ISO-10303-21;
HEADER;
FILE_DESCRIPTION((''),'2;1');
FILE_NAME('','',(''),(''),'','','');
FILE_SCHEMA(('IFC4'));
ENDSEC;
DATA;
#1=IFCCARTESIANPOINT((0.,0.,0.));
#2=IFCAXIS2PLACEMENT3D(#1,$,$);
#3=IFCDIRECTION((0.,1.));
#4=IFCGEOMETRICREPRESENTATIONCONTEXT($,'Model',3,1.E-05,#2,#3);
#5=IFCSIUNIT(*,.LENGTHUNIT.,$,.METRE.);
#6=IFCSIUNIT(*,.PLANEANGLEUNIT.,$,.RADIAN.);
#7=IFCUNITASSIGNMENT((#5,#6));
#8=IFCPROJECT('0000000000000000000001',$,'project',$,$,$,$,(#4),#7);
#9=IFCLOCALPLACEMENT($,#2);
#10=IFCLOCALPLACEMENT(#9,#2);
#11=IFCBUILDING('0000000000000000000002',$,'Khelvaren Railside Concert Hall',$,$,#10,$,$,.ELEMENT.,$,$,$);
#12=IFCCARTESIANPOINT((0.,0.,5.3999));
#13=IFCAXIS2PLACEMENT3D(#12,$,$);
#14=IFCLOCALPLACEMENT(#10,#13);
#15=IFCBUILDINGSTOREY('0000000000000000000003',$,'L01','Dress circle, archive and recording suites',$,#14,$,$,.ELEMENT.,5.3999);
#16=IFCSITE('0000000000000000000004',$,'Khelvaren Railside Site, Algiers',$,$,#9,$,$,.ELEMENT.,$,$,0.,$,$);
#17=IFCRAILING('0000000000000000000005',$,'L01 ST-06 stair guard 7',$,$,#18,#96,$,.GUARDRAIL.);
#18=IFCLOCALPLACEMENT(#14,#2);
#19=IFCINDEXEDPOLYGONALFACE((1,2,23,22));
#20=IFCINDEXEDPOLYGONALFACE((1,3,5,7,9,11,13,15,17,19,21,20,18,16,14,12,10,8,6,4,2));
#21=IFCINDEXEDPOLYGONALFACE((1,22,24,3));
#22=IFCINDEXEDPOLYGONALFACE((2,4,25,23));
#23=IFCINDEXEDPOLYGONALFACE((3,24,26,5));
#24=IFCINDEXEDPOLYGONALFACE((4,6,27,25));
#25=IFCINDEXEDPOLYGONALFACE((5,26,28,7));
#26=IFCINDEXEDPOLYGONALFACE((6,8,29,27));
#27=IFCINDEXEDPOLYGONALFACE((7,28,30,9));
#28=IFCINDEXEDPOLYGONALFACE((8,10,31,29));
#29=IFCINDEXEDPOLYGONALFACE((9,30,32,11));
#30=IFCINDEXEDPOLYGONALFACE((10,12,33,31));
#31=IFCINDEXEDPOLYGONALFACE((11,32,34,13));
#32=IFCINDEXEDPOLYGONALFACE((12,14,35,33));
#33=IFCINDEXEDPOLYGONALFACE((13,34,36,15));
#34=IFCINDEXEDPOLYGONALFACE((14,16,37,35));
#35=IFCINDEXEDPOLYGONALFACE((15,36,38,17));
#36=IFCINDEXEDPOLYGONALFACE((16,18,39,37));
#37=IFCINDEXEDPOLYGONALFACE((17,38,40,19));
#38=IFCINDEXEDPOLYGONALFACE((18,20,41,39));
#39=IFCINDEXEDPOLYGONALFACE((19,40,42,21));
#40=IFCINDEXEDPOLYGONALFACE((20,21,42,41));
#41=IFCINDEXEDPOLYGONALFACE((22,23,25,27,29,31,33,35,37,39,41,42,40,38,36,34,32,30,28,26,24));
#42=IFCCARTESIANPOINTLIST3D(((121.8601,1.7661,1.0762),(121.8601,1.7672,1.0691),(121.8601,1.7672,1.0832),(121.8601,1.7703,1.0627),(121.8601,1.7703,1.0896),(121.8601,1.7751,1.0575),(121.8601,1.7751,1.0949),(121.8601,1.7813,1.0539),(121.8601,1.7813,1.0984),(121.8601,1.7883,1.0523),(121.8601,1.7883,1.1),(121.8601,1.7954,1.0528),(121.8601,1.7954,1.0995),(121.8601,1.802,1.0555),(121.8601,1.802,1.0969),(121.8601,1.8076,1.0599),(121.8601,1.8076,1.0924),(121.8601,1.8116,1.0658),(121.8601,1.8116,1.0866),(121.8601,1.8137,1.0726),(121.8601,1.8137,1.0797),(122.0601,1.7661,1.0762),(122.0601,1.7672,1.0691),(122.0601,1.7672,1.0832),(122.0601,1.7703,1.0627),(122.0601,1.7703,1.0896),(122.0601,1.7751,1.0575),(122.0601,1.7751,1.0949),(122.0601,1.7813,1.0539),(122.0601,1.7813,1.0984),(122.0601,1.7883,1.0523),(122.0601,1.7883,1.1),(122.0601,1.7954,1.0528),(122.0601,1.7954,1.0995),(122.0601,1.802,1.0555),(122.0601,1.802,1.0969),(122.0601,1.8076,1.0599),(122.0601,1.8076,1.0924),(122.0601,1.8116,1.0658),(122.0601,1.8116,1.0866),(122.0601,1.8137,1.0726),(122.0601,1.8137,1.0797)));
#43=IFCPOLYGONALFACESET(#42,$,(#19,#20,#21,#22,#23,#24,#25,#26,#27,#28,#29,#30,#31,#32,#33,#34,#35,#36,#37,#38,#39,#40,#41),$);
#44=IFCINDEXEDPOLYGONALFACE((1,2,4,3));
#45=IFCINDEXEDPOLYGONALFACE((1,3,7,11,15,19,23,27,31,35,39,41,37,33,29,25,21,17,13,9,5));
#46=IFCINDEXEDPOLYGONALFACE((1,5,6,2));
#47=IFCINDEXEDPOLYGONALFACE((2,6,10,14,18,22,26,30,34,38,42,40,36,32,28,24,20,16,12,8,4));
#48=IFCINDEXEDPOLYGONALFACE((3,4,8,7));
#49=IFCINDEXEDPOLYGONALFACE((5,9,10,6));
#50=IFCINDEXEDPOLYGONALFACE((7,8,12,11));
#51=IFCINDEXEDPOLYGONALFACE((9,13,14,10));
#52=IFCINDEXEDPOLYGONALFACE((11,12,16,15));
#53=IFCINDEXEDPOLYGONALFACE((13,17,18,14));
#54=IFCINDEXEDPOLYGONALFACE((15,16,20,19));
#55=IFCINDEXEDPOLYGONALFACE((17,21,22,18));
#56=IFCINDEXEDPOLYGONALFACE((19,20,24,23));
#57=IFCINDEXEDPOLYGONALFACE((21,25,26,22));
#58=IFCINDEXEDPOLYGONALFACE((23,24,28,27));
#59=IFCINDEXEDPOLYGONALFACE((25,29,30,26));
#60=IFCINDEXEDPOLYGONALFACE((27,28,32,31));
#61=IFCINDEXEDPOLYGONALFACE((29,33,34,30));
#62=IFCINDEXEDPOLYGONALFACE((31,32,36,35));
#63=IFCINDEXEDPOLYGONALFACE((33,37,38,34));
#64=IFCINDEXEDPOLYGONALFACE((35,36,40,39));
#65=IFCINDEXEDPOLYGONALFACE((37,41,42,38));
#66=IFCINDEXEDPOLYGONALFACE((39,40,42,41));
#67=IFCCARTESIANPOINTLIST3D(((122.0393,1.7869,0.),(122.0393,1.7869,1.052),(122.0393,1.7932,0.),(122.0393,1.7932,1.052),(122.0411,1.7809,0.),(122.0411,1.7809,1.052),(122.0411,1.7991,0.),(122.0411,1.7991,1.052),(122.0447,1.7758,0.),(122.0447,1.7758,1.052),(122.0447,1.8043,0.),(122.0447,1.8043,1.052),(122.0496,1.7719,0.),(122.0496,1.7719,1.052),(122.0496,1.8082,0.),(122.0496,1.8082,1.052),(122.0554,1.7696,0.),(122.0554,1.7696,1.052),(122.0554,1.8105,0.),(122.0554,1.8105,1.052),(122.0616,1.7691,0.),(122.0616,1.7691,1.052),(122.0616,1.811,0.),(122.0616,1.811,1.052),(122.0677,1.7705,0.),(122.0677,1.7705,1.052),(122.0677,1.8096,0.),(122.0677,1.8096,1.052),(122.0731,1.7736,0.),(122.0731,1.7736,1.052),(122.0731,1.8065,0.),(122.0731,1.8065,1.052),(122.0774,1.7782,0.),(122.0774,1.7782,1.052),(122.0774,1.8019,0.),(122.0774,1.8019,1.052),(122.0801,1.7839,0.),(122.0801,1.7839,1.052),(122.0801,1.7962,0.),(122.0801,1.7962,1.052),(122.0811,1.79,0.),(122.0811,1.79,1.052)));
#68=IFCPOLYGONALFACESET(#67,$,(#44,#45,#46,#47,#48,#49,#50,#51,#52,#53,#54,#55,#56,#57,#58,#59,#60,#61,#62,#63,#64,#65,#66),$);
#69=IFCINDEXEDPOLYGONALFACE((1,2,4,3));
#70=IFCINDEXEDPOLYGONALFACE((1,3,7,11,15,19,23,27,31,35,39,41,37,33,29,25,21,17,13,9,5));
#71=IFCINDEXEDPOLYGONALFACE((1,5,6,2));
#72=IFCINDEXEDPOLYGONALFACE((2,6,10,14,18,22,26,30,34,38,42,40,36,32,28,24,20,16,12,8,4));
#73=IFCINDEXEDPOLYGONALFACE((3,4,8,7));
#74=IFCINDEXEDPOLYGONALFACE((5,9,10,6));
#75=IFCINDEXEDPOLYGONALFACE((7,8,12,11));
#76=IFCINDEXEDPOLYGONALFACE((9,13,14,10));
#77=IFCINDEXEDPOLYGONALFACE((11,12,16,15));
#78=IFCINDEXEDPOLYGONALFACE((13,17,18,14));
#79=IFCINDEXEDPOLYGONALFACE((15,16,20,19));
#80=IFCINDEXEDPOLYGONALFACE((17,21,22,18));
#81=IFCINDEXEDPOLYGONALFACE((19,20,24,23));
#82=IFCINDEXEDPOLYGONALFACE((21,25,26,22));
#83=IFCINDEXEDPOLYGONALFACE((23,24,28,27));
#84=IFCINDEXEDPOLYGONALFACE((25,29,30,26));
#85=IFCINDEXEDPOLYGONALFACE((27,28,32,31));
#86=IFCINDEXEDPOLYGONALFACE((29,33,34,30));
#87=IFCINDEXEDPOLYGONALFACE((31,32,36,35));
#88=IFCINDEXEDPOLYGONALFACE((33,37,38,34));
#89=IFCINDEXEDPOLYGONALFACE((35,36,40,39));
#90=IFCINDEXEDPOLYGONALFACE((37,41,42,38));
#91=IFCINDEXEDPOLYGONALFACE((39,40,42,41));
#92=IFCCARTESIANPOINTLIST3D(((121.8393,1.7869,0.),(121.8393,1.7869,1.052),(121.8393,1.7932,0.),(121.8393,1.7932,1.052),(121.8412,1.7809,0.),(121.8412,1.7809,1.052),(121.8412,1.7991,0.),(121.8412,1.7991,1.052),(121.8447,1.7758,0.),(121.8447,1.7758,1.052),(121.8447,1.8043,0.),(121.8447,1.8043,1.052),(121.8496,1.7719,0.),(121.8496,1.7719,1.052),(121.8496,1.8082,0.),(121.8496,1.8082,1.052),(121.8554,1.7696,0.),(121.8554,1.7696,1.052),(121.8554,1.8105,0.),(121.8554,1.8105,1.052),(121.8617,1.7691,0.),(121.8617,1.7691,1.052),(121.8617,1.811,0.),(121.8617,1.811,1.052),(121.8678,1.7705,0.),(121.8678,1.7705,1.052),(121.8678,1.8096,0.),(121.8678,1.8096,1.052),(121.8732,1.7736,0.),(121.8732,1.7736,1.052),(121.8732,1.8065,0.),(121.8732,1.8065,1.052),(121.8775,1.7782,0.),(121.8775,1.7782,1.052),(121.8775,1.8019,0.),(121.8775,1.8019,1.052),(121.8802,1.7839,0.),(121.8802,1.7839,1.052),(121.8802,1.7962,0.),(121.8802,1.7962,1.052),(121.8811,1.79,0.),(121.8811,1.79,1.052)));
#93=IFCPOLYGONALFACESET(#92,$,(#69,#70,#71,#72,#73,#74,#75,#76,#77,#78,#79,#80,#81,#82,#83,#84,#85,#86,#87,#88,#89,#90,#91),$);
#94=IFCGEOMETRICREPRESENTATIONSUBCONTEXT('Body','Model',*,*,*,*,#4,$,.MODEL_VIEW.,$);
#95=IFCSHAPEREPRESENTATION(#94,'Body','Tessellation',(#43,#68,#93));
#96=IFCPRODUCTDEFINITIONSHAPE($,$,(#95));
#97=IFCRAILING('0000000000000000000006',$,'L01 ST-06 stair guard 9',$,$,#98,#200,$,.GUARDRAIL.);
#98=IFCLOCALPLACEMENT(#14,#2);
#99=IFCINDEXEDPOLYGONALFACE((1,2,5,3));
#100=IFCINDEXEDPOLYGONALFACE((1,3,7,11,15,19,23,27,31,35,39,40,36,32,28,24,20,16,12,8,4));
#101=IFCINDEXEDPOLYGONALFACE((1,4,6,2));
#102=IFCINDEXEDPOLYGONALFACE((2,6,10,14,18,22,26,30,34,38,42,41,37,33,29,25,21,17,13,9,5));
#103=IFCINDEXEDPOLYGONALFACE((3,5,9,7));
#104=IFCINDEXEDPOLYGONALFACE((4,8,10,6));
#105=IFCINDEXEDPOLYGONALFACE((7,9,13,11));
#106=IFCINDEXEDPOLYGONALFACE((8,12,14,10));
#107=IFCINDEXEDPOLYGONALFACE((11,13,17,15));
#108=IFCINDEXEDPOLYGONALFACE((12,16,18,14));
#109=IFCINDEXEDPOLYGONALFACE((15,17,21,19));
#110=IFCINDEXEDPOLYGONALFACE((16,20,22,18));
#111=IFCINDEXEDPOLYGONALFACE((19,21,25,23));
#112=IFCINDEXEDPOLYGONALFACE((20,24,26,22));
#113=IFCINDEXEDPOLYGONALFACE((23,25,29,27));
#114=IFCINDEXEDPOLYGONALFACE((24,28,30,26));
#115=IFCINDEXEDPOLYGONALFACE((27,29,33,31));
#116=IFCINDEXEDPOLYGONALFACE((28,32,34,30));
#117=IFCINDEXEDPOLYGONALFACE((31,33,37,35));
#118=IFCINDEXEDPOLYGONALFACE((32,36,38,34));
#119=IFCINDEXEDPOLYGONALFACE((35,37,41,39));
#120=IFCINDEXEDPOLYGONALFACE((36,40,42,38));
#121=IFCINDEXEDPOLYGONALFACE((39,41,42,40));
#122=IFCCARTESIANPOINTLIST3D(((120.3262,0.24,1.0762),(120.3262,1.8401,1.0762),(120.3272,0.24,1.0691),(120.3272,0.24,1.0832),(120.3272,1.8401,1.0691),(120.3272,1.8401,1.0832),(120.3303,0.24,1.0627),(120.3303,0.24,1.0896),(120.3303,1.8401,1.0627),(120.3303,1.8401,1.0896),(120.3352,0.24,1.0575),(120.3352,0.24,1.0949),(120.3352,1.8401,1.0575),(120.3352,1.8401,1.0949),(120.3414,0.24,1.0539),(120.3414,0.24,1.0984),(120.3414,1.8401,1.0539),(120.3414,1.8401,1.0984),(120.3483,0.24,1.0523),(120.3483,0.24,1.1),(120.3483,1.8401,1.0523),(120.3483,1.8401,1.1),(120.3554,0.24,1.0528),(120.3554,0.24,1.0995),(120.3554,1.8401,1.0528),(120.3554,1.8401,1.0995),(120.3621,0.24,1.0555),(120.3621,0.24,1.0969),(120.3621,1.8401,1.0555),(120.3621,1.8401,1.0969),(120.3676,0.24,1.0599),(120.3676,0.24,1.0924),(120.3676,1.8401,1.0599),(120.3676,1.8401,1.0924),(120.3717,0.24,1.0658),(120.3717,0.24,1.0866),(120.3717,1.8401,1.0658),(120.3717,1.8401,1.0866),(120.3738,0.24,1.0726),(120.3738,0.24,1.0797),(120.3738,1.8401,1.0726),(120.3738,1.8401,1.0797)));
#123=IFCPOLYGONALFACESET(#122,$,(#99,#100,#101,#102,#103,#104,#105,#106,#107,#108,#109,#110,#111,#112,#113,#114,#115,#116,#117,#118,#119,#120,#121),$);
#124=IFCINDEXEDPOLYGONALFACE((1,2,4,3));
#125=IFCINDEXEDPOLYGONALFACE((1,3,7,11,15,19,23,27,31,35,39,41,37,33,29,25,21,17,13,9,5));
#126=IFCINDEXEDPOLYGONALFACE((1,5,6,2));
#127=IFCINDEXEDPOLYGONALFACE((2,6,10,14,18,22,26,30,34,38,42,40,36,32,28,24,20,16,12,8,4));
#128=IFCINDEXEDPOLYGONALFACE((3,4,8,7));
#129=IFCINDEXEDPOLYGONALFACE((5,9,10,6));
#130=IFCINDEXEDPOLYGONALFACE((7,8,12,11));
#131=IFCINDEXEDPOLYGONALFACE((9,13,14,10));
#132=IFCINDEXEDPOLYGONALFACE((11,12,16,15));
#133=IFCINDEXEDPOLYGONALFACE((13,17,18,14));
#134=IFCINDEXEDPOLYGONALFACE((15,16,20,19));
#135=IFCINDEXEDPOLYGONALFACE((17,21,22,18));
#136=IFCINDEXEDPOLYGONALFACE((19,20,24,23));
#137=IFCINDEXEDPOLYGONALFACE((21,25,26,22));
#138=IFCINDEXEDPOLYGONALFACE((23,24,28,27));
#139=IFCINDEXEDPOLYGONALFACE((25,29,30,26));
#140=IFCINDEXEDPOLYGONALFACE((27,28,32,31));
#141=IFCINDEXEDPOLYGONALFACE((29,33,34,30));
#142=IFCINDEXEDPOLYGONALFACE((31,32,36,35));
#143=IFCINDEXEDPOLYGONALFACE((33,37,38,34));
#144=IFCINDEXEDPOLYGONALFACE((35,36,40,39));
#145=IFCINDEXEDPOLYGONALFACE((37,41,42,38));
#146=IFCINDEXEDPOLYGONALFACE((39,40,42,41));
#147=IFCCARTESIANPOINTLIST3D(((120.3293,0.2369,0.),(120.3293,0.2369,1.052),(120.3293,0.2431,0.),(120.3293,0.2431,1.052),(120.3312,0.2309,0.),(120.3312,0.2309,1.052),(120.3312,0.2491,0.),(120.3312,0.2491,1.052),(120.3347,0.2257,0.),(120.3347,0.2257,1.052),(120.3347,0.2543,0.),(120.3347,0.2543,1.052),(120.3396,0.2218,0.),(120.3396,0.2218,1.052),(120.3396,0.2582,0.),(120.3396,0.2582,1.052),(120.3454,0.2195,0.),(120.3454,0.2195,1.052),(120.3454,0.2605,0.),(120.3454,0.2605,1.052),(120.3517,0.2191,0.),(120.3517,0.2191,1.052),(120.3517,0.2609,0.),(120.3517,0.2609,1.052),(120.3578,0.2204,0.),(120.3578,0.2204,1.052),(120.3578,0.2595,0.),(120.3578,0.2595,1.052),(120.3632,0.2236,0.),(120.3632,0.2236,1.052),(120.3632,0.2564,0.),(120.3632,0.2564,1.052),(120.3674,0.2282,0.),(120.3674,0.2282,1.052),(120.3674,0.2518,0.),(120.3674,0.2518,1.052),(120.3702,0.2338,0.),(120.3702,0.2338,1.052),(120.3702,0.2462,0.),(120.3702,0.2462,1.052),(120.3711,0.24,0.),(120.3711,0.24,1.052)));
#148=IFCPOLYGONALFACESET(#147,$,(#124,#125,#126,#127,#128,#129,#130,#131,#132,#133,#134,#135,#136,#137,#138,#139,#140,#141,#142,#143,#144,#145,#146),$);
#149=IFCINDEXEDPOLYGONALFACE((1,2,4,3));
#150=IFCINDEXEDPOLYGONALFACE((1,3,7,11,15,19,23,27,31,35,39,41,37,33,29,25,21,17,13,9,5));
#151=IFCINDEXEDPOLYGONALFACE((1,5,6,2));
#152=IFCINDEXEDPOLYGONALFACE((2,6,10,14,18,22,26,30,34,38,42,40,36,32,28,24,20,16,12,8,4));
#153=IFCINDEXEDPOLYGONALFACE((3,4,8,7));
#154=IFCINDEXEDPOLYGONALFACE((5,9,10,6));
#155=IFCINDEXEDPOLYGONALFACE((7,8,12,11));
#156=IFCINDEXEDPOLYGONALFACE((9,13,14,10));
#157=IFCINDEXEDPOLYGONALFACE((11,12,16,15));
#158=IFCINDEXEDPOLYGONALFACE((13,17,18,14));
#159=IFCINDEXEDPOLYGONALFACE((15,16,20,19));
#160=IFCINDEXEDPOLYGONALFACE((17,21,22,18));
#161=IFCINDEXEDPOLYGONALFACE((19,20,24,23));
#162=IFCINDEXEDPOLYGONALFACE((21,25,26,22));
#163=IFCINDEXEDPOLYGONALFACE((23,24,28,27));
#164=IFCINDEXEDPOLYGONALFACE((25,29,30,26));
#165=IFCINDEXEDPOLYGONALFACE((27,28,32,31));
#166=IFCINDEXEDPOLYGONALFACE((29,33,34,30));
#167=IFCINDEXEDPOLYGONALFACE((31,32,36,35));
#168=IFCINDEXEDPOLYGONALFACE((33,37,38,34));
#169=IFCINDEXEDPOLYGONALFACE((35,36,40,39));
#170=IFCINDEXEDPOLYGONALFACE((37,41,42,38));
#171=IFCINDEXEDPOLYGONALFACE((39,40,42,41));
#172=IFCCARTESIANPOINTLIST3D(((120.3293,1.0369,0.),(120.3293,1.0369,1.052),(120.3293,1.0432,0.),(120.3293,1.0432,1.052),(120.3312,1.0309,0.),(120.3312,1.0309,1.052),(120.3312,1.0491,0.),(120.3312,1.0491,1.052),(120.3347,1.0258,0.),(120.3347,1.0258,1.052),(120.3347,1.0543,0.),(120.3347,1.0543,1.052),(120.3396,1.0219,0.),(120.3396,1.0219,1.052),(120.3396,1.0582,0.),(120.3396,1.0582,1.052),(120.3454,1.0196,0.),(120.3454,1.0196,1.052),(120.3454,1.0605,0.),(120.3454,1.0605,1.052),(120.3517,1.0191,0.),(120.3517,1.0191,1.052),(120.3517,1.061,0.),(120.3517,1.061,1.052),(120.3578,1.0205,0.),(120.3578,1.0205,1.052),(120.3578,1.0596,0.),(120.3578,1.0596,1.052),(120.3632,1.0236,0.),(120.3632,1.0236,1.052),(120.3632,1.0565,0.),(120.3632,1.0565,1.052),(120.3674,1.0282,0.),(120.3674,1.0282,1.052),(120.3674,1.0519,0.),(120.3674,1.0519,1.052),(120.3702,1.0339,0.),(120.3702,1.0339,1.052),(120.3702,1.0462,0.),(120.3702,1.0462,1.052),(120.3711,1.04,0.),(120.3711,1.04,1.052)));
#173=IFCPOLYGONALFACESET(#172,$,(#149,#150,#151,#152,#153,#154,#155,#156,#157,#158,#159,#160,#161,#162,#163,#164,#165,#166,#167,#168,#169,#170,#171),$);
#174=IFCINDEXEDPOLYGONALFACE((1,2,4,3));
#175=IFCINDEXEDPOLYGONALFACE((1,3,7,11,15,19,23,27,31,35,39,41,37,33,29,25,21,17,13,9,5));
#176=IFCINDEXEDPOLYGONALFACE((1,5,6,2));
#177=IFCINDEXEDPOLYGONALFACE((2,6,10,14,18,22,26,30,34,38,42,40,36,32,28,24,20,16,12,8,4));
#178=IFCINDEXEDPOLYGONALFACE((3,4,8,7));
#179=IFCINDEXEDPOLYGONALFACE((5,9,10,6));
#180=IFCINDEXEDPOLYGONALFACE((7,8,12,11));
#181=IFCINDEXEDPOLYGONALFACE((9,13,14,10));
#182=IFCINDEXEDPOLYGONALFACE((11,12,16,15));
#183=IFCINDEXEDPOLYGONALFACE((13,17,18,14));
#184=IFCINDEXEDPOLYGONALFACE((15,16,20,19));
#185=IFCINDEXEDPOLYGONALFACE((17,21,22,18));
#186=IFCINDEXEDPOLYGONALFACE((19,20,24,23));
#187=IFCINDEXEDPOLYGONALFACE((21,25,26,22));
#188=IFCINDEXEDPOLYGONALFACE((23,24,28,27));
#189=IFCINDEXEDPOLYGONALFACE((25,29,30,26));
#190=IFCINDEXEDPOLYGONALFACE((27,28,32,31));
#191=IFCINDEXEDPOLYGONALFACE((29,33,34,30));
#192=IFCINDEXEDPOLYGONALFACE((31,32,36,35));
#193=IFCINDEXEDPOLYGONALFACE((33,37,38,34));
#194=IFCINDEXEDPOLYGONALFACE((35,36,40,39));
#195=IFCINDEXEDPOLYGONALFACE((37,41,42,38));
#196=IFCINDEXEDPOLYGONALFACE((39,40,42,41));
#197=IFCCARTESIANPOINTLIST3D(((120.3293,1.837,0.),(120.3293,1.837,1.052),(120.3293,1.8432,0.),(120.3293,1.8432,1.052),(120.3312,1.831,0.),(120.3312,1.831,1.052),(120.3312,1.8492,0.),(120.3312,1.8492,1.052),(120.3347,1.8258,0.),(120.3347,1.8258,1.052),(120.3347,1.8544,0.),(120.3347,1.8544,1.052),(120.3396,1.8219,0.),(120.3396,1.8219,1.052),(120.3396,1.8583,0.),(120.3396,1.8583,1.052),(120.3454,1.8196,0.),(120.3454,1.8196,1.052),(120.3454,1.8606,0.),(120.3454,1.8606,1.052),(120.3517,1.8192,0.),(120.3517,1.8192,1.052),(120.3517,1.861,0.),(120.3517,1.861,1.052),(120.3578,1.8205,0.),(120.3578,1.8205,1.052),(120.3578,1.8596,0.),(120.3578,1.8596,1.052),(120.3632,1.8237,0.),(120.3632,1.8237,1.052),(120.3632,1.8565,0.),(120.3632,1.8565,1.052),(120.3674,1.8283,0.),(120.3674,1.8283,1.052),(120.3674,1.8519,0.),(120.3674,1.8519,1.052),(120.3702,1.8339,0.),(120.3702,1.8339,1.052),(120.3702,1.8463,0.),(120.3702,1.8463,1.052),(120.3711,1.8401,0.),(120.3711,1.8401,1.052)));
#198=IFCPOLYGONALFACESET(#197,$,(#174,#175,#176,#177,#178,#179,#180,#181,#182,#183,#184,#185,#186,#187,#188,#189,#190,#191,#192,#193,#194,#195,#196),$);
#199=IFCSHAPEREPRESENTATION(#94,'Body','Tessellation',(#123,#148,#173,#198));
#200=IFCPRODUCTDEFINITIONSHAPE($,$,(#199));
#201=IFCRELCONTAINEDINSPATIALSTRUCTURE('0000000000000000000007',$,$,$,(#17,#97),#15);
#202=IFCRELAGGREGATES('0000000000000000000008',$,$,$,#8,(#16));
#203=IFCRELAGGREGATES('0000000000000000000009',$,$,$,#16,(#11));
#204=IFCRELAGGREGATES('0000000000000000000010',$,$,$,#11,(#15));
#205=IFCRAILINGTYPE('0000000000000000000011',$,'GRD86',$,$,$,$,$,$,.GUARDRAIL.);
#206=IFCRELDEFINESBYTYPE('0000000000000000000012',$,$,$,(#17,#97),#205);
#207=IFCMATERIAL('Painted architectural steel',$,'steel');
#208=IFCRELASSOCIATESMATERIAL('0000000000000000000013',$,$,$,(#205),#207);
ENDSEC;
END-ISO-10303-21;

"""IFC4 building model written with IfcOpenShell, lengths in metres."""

from ifc_helpers import new_model, si_unit, direction, frame, origin, origin_2d, place, context, subcontext, project, spatial, circle, extrude, material, type_object, element, save


model = new_model("IFC4")

# Units and contexts
model_context = context("Model", 3, precision=1e-05, world=origin(), true_north=direction((0.0, 1.0)))
body_context = subcontext(model_context, "Body", "Model", "MODEL_VIEW")
ifc_project = project(units=[si_unit("LENGTHUNIT", "METRE"), si_unit("PLANEANGLEUNIT", "RADIAN")], contexts=[model_context])

# Site, building, storey
site_placement = place(None, origin())
site = spatial("IfcSite", under=ifc_project, at=site_placement, Name="Khelvaren Railside Site, Algiers", CompositionType="ELEMENT", RefElevation=0.0)
building_placement = place(site_placement, origin())
building = spatial("IfcBuilding", under=site, at=building_placement, Name="Khelvaren Railside Concert Hall", CompositionType="ELEMENT")
storey_placement = place(building_placement, frame((0.0, 0.0, 5.3999)))
storey = spatial("IfcBuildingStorey", under=building, at=storey_placement, Name="L01", Description="Dress circle, archive and recording suites", CompositionType="ELEMENT", Elevation=5.3999)

# Railings
ifc_material_1 = material(Name="Painted architectural steel", Category="steel")
railing_type_1 = type_object("IfcRailingType", Name="GRD86", PredefinedType="GUARDRAIL", material=ifc_material_1)
railing_1_placement = place(storey_placement, frame((122.0601, 1.79, 0.0)))
element("IfcRailing", 1, at=railing_1_placement, inside=storey, type_object=railing_type_1, Name="L01 ST-06 stair guard 7", PredefinedType="GUARDRAIL", context=body_context, shape_type="SweptSolid", body=[
    extrude(circle(Radius=0.0239, at=origin_2d()), frame((0.0, 0.0, 1.0762), z_axis=(-1.0, 0.0, 0.0), x_axis=(0.0, -1.0, 0.0)), (0.0, 0.0, 1.0), 0.2),
    extrude(circle(Radius=0.021, at=origin_2d()), origin(), (0.0, 0.0, 1.0), 1.052),
    extrude(circle(Radius=0.021, at=origin_2d()), frame((-0.2, 0.0, 0.0)), (0.0, 0.0, 1.0), 1.052),
])
railing_2_placement = place(storey_placement, frame((120.3501, 0.24, 0.0)))
element("IfcRailing", 2, at=railing_2_placement, inside=storey, type_object=railing_type_1, Name="L01 ST-06 stair guard 9", PredefinedType="GUARDRAIL", context=body_context, shape_type="SweptSolid", body=[
    extrude(circle(Radius=0.0239, at=origin_2d()), frame((0.0, 0.0, 1.0762), z_axis=(0.0, 1.0, 0.0), x_axis=(-1.0, 0.0, 0.0)), (0.0, 0.0, 1.0), 1.6001),
    extrude(circle(Radius=0.021, at=origin_2d()), origin(), (0.0, 0.0, 1.0), 1.052),
    extrude(circle(Radius=0.021, at=origin_2d()), frame((0.0, 0.8, 0.0)), (0.0, 0.0, 1.0), 1.052),
    extrude(circle(Radius=0.021, at=origin_2d()), frame((0.0, 1.6001, 0.0)), (0.0, 0.0, 1.0), 1.052),
])

save(model, "model.ifc")
